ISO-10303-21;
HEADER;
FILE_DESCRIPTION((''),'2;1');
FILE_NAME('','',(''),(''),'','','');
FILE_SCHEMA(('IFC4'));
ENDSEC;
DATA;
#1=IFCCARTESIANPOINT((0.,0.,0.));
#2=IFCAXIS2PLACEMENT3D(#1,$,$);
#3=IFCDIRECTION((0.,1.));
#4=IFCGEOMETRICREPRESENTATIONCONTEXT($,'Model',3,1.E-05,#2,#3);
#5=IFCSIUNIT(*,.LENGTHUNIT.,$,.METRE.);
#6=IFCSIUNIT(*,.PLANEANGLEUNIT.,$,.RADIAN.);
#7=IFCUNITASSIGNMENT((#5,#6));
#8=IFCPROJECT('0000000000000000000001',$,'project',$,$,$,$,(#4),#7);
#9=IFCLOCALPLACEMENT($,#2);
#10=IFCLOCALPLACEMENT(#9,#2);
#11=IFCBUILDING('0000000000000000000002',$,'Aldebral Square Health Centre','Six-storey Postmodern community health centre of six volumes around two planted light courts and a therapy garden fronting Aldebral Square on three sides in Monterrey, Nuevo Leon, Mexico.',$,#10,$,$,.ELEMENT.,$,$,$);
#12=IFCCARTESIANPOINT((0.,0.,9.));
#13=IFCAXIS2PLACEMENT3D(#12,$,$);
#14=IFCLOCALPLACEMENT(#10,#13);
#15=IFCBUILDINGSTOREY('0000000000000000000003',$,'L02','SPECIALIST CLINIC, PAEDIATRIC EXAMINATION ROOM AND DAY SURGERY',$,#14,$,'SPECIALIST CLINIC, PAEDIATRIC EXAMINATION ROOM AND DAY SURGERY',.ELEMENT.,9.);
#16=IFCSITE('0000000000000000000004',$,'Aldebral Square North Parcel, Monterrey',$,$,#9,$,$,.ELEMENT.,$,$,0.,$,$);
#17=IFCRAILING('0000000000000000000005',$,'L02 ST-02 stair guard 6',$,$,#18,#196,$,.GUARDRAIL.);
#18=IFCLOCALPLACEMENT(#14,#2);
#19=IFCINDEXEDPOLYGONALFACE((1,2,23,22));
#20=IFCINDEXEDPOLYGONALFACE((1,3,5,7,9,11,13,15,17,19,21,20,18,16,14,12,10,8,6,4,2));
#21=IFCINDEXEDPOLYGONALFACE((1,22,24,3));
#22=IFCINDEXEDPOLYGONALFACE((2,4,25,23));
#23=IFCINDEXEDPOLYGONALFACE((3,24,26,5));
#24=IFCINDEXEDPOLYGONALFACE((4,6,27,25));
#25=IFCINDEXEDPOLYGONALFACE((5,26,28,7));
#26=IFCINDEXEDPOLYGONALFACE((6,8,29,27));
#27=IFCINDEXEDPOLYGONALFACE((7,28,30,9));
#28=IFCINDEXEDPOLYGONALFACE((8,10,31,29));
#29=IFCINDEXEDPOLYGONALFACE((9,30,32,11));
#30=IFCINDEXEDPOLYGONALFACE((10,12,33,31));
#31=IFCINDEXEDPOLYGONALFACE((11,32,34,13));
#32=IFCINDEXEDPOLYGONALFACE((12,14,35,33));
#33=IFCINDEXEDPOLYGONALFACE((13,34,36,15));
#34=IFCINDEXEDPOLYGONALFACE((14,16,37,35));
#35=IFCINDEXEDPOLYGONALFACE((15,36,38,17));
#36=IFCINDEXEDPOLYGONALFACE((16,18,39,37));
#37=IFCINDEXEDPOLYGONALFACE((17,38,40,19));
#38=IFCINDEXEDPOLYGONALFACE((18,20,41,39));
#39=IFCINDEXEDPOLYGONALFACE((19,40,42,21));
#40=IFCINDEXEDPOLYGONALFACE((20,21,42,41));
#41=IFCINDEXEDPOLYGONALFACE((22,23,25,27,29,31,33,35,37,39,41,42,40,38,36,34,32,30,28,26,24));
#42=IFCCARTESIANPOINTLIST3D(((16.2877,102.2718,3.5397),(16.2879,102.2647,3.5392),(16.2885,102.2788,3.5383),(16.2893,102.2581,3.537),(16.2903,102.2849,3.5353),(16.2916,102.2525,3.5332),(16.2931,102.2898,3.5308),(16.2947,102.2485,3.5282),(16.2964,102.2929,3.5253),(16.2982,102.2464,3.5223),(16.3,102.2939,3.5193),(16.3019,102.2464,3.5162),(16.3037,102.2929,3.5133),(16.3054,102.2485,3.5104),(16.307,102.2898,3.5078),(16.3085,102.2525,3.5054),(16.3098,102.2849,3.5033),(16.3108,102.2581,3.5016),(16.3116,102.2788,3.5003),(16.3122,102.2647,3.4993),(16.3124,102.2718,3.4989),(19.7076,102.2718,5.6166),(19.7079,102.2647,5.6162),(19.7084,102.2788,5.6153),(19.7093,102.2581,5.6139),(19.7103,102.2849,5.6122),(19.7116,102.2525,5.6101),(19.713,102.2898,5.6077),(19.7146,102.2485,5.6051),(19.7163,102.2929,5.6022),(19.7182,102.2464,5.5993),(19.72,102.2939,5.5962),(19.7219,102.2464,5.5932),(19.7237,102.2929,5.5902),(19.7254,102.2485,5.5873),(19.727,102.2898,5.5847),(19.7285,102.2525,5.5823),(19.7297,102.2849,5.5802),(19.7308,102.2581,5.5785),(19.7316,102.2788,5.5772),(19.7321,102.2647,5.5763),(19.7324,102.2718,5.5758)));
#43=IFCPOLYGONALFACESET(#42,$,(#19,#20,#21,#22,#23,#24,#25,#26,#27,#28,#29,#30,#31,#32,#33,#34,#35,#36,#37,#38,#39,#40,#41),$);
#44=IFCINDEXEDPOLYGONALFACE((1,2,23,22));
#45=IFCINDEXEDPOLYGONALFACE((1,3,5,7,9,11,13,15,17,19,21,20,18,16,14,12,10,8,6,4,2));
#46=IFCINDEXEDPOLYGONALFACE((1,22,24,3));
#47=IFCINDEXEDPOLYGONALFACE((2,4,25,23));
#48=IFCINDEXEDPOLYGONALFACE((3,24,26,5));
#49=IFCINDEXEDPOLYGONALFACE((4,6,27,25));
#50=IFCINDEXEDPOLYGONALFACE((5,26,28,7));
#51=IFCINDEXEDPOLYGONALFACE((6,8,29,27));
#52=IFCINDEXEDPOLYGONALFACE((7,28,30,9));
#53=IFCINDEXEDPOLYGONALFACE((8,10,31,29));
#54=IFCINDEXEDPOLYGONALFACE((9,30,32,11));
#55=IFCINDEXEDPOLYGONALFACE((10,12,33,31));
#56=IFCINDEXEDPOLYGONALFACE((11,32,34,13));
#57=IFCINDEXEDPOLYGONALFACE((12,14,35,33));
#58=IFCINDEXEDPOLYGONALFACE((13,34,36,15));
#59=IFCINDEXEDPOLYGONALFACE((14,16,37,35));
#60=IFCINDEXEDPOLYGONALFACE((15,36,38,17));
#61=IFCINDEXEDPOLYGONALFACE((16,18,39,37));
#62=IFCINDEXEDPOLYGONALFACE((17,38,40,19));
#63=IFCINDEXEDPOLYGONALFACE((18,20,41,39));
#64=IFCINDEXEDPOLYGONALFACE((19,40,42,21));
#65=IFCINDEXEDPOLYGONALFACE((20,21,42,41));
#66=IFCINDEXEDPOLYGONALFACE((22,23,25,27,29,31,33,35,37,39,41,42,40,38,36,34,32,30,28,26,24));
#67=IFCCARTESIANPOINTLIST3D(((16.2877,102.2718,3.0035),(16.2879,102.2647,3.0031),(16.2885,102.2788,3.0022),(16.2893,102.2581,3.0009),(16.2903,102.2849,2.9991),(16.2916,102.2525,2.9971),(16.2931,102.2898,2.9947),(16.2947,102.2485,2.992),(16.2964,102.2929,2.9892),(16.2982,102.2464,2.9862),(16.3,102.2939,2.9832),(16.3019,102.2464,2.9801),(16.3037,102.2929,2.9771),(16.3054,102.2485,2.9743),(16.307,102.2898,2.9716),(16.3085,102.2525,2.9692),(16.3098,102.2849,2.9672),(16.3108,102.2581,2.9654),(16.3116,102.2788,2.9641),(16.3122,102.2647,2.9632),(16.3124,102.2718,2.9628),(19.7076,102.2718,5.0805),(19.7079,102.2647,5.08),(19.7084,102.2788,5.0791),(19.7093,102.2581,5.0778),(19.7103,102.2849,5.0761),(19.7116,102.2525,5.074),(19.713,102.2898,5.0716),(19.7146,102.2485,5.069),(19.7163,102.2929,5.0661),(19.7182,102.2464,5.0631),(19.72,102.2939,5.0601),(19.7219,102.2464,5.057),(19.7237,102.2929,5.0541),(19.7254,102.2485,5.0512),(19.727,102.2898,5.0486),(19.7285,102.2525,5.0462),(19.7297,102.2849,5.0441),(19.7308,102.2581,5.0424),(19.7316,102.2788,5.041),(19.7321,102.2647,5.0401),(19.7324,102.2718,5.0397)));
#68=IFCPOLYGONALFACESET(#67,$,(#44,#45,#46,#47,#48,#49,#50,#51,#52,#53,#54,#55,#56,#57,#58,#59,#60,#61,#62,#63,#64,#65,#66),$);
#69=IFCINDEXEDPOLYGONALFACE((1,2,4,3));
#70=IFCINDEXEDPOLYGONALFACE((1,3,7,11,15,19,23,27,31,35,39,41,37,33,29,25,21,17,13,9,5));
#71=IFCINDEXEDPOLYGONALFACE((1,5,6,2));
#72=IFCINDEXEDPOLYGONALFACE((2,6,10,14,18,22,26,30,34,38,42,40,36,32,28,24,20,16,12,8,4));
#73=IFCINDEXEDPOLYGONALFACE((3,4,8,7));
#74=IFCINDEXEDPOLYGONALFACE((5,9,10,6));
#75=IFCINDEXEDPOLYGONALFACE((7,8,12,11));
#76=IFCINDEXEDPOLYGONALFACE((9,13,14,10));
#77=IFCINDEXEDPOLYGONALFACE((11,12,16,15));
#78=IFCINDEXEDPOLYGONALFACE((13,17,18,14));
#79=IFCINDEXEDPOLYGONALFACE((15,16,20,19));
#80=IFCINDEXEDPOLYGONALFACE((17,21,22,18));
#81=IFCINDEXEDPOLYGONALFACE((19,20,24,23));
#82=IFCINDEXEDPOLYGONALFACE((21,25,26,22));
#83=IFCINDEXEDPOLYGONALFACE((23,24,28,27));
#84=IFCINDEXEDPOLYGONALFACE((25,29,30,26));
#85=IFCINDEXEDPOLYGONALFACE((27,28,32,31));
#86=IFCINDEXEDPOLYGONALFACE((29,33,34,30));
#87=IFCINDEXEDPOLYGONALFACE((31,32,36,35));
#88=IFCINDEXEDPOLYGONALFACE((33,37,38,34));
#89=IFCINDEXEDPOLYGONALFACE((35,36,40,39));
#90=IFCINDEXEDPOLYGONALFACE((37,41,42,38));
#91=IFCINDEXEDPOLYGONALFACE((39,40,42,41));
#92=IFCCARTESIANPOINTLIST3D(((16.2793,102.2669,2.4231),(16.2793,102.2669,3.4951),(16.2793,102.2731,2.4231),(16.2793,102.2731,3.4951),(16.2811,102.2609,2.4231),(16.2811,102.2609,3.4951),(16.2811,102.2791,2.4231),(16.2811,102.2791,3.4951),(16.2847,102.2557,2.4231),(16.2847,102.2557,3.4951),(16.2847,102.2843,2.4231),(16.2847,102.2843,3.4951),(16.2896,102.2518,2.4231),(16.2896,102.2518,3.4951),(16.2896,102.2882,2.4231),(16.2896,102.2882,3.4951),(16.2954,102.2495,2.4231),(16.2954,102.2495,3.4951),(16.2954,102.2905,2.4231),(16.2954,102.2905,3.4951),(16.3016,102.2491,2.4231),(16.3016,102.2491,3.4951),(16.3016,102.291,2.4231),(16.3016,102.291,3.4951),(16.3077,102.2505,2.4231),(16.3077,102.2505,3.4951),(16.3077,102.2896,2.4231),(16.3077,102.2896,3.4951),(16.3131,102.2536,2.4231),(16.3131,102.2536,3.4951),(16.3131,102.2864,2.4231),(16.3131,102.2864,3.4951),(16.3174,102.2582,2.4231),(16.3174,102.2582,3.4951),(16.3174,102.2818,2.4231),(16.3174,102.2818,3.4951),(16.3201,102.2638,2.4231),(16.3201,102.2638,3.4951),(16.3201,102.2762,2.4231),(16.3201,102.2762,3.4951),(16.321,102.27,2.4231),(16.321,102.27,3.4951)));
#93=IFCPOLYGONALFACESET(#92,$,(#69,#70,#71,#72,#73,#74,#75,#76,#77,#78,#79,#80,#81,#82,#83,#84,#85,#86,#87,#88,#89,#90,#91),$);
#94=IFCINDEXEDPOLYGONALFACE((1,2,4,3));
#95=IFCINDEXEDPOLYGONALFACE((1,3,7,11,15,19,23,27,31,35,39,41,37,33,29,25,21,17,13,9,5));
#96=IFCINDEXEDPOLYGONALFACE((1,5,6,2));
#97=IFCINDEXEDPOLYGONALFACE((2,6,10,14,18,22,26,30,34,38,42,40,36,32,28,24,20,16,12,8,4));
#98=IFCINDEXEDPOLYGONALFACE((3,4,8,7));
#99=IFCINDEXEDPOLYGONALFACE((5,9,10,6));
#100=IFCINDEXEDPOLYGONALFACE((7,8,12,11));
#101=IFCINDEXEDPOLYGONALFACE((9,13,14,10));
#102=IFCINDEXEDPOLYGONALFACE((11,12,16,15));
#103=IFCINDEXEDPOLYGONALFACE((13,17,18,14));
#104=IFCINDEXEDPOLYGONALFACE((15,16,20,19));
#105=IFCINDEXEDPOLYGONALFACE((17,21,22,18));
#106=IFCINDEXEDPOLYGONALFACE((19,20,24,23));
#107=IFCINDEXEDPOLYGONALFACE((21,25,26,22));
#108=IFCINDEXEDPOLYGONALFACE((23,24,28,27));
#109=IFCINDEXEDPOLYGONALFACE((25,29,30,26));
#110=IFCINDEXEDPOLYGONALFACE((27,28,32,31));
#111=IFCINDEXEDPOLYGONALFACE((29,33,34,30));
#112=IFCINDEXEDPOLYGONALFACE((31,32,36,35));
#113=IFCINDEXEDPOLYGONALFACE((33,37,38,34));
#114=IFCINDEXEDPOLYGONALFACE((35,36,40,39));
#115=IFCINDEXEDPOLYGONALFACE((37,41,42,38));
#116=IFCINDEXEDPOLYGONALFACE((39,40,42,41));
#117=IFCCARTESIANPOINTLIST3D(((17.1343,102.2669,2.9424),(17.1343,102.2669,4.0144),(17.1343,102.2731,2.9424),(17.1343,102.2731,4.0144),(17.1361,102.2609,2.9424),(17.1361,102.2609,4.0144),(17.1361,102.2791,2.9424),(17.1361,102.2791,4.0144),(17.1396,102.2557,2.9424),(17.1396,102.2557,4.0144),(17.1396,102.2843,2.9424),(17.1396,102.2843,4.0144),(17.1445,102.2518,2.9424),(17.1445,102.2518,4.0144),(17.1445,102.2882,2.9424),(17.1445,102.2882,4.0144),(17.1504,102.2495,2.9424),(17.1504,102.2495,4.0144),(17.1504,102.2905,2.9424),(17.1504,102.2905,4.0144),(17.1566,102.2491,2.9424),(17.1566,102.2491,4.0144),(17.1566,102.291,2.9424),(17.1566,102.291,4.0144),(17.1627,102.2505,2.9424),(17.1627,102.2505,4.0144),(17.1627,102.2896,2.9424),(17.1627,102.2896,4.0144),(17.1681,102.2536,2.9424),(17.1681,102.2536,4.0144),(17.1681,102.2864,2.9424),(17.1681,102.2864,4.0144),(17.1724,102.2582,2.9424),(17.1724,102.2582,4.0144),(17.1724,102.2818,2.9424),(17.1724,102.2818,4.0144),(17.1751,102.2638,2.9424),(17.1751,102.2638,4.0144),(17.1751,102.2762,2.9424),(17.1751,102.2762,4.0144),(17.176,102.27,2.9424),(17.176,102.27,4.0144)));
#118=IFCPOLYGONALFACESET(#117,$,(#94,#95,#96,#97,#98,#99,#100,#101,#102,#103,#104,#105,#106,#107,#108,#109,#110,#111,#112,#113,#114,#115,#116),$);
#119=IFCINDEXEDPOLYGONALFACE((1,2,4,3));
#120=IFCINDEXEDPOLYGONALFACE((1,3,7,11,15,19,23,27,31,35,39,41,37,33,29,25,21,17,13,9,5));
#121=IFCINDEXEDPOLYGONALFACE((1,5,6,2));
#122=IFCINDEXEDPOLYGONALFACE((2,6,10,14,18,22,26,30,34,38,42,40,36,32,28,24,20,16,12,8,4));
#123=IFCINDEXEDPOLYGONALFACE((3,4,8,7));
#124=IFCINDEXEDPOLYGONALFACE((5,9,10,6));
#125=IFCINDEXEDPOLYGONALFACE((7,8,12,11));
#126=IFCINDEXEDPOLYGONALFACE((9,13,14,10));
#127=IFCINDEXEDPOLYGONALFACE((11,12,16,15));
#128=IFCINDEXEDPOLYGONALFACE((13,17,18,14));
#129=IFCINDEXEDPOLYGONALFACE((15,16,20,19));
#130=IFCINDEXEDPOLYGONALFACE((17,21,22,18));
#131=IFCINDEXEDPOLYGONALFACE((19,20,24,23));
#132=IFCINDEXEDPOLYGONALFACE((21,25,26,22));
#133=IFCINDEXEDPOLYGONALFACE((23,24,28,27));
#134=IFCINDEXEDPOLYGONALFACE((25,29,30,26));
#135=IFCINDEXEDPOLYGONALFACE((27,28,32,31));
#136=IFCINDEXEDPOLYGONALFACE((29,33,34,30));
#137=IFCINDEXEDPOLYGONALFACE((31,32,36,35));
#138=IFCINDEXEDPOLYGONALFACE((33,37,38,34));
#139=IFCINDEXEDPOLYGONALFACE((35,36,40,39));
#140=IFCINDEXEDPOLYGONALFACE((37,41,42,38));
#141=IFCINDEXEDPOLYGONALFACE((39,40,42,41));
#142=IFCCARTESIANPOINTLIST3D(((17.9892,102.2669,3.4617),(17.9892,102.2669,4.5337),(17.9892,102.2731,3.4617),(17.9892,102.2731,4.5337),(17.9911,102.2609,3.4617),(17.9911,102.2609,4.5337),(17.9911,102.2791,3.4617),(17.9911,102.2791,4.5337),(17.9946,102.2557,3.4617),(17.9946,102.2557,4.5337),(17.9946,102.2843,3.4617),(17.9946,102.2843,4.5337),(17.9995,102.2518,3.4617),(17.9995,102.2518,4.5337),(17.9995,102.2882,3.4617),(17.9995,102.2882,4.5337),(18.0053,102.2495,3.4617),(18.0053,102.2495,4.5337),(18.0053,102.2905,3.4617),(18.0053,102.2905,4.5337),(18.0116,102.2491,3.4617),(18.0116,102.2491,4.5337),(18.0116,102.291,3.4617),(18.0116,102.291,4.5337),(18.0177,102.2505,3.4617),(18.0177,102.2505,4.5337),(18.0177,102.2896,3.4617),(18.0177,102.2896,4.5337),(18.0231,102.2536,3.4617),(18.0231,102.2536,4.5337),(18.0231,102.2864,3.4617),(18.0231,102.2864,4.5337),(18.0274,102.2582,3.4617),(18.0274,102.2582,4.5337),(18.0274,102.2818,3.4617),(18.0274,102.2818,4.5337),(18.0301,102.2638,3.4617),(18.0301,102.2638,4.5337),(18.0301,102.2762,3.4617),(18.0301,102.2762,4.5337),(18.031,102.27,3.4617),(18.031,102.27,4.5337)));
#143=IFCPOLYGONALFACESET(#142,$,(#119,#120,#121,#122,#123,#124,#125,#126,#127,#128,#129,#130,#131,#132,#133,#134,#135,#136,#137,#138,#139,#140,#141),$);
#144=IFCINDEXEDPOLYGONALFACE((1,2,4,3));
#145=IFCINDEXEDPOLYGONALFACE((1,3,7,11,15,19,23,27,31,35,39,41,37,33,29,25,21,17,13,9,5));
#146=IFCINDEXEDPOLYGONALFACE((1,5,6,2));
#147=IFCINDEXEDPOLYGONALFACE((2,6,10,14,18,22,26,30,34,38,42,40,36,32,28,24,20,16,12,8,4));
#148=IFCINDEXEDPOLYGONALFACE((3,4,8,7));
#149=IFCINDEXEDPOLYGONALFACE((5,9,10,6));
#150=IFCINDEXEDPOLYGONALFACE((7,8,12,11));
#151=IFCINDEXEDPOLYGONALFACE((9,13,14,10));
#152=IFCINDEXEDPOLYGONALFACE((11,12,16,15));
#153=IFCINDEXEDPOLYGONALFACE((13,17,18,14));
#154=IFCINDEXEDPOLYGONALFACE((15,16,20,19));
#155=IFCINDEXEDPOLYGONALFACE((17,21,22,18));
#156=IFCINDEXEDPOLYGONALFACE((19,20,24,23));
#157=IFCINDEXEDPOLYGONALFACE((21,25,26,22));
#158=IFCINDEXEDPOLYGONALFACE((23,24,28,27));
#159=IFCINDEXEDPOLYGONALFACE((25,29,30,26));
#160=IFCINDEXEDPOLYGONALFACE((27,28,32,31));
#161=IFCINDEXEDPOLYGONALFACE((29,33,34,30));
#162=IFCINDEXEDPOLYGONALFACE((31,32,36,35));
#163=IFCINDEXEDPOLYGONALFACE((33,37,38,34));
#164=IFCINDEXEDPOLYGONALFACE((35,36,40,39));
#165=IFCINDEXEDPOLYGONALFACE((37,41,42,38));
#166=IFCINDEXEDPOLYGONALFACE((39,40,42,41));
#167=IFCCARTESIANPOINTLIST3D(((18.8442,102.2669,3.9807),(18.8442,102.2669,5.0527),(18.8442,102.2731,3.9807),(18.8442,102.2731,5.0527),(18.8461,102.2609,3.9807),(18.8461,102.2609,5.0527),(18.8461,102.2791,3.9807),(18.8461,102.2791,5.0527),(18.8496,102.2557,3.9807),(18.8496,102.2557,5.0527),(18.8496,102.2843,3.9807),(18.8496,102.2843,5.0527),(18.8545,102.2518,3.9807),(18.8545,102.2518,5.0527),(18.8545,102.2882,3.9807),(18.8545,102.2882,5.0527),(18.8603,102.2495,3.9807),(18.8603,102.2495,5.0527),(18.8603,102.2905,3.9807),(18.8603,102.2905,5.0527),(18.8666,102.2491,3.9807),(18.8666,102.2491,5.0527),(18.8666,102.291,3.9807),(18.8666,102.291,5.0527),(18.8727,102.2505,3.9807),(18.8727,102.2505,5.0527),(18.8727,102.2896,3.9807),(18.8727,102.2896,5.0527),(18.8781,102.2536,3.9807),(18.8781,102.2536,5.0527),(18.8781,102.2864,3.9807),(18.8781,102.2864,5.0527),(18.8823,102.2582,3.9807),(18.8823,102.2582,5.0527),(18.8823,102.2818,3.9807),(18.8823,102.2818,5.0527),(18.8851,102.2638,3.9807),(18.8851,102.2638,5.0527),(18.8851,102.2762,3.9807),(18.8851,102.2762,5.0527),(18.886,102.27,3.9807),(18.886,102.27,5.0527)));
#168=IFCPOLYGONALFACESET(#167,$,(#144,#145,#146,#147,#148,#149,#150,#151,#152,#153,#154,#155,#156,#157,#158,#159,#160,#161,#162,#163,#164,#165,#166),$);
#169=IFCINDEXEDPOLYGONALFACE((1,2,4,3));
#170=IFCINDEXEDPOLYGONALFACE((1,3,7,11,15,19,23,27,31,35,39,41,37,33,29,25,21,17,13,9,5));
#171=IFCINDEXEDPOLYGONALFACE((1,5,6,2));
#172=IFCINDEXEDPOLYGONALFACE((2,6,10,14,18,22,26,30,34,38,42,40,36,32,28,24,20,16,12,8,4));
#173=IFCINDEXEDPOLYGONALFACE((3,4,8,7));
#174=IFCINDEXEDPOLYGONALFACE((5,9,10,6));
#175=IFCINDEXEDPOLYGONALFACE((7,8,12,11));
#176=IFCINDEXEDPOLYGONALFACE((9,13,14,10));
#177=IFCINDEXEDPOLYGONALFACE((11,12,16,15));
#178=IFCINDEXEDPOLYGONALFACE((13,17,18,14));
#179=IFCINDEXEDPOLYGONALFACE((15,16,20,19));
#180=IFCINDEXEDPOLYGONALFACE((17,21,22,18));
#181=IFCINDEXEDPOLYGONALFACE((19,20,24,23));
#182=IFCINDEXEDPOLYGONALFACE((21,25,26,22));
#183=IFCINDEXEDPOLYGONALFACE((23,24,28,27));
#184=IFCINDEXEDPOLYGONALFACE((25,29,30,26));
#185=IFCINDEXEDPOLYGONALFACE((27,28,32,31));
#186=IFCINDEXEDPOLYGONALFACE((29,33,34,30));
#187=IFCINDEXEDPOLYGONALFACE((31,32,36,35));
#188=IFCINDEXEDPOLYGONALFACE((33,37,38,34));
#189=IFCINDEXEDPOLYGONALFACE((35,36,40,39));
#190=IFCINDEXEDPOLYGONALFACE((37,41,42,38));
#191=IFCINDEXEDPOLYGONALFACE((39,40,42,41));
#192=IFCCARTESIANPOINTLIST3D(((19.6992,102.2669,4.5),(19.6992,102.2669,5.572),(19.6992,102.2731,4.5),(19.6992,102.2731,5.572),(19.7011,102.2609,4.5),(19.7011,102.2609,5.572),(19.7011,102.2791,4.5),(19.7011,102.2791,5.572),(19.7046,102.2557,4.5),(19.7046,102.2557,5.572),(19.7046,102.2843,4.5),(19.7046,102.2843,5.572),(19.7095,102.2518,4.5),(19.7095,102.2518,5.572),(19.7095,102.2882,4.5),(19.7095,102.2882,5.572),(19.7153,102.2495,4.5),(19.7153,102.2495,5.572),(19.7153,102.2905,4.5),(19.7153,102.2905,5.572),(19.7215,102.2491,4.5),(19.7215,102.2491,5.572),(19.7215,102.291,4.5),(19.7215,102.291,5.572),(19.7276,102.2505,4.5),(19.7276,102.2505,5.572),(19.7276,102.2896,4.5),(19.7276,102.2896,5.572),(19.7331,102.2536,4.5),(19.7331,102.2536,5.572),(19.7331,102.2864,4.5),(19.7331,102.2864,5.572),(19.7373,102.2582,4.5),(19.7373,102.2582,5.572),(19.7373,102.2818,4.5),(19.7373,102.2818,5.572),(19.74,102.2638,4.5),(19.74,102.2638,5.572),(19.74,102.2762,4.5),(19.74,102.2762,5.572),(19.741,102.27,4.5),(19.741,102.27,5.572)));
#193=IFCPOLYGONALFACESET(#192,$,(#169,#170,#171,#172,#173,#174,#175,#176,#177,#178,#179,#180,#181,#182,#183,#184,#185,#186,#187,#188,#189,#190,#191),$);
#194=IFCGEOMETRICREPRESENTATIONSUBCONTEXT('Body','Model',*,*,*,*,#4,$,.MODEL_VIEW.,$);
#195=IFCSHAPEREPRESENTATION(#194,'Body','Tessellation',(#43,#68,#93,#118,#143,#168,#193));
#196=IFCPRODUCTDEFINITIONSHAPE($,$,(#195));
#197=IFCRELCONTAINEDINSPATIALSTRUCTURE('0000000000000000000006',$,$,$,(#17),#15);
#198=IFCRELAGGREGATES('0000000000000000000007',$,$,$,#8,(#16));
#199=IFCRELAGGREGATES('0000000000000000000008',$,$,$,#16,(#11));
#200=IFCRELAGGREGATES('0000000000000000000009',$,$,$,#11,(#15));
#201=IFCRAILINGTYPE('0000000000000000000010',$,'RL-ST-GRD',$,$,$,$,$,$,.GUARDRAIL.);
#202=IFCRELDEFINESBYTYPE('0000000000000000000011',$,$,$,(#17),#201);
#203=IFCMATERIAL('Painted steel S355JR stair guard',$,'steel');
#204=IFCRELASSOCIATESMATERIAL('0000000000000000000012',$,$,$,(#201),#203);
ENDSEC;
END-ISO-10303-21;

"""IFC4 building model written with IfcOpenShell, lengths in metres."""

from ifc_helpers import new_model, si_unit, direction, frame, origin, origin_2d, place, context, subcontext, project, spatial, circle, extrude, material, type_object, element, save


model = new_model("IFC4")

# Units and contexts
model_context = context("Model", 3, precision=1e-05, world=origin(), true_north=direction((0.0, 1.0)))
body_context = subcontext(model_context, "Body", "Model", "MODEL_VIEW")
ifc_project = project(units=[si_unit("LENGTHUNIT", "METRE"), si_unit("PLANEANGLEUNIT", "RADIAN")], contexts=[model_context])

# Site, building, storey
site_placement = place(None, origin())
site = spatial("IfcSite", under=ifc_project, at=site_placement, Name="Aldebral Square North Parcel, Monterrey", CompositionType="ELEMENT", RefElevation=0.0)
building_placement = place(site_placement, origin())
building = spatial("IfcBuilding", under=site, at=building_placement, Name="Aldebral Square Health Centre", Description="Six-storey Postmodern community health centre of six volumes around two planted light courts and a therapy garden fronting Aldebral Square on three sides in Monterrey, Nuevo Leon, Mexico.", CompositionType="ELEMENT")
storey_placement = place(building_placement, frame((0.0, 0.0, 9.0)))
storey = spatial("IfcBuildingStorey", under=building, at=storey_placement, Name="L02", Description="SPECIALIST CLINIC, PAEDIATRIC EXAMINATION ROOM AND DAY SURGERY", LongName="SPECIALIST CLINIC, PAEDIATRIC EXAMINATION ROOM AND DAY SURGERY", CompositionType="ELEMENT", Elevation=9.0)

# Railing
ifc_material_1 = material(Name="Painted steel S355JR stair guard", Category="steel")
railing_type_1 = type_object("IfcRailingType", Name="RL-ST-GRD", PredefinedType="GUARDRAIL", material=ifc_material_1)
railing_1_placement = place(storey_placement, frame((16.3, 102.27, 2.4231)))
element("IfcRailing", 1, at=railing_1_placement, inside=storey, type_object=railing_type_1, Name="L02 ST-02 stair guard 6", PredefinedType="GUARDRAIL", context=body_context, shape_type="SweptSolid", body=[
    extrude(circle(Radius=0.0239, at=origin_2d()), frame((0.0, 0.0, 1.0962), z_axis=(0.85473, 0.0, 0.519074), x_axis=(0.0, 1.0, 0.0)), (0.0, 0.0, 1.0), 4.0012),
    extrude(circle(Radius=0.0239, at=origin_2d()), frame((0.0, 0.0, 0.5601), z_axis=(0.85473, 0.0, 0.519074), x_axis=(0.0, 1.0, 0.0)), (0.0, 0.0, 1.0), 4.0012),
    extrude(circle(Radius=0.021, at=origin_2d()), origin(), (0.0, 0.0, 1.0), 1.072),
    extrude(circle(Radius=0.021, at=origin_2d()), frame((0.855, 0.0, 0.5193)), (0.0, 0.0, 1.0), 1.072),
    extrude(circle(Radius=0.021, at=origin_2d()), frame((1.71, 0.0, 1.0386)), (0.0, 0.0, 1.0), 1.072),
    extrude(circle(Radius=0.021, at=origin_2d()), frame((2.5649, 0.0, 1.5576)), (0.0, 0.0, 1.0), 1.072),
    extrude(circle(Radius=0.021, at=origin_2d()), frame((3.4199, 0.0, 2.0769)), (0.0, 0.0, 1.0), 1.072),
])

save(model, "model.ifc")
